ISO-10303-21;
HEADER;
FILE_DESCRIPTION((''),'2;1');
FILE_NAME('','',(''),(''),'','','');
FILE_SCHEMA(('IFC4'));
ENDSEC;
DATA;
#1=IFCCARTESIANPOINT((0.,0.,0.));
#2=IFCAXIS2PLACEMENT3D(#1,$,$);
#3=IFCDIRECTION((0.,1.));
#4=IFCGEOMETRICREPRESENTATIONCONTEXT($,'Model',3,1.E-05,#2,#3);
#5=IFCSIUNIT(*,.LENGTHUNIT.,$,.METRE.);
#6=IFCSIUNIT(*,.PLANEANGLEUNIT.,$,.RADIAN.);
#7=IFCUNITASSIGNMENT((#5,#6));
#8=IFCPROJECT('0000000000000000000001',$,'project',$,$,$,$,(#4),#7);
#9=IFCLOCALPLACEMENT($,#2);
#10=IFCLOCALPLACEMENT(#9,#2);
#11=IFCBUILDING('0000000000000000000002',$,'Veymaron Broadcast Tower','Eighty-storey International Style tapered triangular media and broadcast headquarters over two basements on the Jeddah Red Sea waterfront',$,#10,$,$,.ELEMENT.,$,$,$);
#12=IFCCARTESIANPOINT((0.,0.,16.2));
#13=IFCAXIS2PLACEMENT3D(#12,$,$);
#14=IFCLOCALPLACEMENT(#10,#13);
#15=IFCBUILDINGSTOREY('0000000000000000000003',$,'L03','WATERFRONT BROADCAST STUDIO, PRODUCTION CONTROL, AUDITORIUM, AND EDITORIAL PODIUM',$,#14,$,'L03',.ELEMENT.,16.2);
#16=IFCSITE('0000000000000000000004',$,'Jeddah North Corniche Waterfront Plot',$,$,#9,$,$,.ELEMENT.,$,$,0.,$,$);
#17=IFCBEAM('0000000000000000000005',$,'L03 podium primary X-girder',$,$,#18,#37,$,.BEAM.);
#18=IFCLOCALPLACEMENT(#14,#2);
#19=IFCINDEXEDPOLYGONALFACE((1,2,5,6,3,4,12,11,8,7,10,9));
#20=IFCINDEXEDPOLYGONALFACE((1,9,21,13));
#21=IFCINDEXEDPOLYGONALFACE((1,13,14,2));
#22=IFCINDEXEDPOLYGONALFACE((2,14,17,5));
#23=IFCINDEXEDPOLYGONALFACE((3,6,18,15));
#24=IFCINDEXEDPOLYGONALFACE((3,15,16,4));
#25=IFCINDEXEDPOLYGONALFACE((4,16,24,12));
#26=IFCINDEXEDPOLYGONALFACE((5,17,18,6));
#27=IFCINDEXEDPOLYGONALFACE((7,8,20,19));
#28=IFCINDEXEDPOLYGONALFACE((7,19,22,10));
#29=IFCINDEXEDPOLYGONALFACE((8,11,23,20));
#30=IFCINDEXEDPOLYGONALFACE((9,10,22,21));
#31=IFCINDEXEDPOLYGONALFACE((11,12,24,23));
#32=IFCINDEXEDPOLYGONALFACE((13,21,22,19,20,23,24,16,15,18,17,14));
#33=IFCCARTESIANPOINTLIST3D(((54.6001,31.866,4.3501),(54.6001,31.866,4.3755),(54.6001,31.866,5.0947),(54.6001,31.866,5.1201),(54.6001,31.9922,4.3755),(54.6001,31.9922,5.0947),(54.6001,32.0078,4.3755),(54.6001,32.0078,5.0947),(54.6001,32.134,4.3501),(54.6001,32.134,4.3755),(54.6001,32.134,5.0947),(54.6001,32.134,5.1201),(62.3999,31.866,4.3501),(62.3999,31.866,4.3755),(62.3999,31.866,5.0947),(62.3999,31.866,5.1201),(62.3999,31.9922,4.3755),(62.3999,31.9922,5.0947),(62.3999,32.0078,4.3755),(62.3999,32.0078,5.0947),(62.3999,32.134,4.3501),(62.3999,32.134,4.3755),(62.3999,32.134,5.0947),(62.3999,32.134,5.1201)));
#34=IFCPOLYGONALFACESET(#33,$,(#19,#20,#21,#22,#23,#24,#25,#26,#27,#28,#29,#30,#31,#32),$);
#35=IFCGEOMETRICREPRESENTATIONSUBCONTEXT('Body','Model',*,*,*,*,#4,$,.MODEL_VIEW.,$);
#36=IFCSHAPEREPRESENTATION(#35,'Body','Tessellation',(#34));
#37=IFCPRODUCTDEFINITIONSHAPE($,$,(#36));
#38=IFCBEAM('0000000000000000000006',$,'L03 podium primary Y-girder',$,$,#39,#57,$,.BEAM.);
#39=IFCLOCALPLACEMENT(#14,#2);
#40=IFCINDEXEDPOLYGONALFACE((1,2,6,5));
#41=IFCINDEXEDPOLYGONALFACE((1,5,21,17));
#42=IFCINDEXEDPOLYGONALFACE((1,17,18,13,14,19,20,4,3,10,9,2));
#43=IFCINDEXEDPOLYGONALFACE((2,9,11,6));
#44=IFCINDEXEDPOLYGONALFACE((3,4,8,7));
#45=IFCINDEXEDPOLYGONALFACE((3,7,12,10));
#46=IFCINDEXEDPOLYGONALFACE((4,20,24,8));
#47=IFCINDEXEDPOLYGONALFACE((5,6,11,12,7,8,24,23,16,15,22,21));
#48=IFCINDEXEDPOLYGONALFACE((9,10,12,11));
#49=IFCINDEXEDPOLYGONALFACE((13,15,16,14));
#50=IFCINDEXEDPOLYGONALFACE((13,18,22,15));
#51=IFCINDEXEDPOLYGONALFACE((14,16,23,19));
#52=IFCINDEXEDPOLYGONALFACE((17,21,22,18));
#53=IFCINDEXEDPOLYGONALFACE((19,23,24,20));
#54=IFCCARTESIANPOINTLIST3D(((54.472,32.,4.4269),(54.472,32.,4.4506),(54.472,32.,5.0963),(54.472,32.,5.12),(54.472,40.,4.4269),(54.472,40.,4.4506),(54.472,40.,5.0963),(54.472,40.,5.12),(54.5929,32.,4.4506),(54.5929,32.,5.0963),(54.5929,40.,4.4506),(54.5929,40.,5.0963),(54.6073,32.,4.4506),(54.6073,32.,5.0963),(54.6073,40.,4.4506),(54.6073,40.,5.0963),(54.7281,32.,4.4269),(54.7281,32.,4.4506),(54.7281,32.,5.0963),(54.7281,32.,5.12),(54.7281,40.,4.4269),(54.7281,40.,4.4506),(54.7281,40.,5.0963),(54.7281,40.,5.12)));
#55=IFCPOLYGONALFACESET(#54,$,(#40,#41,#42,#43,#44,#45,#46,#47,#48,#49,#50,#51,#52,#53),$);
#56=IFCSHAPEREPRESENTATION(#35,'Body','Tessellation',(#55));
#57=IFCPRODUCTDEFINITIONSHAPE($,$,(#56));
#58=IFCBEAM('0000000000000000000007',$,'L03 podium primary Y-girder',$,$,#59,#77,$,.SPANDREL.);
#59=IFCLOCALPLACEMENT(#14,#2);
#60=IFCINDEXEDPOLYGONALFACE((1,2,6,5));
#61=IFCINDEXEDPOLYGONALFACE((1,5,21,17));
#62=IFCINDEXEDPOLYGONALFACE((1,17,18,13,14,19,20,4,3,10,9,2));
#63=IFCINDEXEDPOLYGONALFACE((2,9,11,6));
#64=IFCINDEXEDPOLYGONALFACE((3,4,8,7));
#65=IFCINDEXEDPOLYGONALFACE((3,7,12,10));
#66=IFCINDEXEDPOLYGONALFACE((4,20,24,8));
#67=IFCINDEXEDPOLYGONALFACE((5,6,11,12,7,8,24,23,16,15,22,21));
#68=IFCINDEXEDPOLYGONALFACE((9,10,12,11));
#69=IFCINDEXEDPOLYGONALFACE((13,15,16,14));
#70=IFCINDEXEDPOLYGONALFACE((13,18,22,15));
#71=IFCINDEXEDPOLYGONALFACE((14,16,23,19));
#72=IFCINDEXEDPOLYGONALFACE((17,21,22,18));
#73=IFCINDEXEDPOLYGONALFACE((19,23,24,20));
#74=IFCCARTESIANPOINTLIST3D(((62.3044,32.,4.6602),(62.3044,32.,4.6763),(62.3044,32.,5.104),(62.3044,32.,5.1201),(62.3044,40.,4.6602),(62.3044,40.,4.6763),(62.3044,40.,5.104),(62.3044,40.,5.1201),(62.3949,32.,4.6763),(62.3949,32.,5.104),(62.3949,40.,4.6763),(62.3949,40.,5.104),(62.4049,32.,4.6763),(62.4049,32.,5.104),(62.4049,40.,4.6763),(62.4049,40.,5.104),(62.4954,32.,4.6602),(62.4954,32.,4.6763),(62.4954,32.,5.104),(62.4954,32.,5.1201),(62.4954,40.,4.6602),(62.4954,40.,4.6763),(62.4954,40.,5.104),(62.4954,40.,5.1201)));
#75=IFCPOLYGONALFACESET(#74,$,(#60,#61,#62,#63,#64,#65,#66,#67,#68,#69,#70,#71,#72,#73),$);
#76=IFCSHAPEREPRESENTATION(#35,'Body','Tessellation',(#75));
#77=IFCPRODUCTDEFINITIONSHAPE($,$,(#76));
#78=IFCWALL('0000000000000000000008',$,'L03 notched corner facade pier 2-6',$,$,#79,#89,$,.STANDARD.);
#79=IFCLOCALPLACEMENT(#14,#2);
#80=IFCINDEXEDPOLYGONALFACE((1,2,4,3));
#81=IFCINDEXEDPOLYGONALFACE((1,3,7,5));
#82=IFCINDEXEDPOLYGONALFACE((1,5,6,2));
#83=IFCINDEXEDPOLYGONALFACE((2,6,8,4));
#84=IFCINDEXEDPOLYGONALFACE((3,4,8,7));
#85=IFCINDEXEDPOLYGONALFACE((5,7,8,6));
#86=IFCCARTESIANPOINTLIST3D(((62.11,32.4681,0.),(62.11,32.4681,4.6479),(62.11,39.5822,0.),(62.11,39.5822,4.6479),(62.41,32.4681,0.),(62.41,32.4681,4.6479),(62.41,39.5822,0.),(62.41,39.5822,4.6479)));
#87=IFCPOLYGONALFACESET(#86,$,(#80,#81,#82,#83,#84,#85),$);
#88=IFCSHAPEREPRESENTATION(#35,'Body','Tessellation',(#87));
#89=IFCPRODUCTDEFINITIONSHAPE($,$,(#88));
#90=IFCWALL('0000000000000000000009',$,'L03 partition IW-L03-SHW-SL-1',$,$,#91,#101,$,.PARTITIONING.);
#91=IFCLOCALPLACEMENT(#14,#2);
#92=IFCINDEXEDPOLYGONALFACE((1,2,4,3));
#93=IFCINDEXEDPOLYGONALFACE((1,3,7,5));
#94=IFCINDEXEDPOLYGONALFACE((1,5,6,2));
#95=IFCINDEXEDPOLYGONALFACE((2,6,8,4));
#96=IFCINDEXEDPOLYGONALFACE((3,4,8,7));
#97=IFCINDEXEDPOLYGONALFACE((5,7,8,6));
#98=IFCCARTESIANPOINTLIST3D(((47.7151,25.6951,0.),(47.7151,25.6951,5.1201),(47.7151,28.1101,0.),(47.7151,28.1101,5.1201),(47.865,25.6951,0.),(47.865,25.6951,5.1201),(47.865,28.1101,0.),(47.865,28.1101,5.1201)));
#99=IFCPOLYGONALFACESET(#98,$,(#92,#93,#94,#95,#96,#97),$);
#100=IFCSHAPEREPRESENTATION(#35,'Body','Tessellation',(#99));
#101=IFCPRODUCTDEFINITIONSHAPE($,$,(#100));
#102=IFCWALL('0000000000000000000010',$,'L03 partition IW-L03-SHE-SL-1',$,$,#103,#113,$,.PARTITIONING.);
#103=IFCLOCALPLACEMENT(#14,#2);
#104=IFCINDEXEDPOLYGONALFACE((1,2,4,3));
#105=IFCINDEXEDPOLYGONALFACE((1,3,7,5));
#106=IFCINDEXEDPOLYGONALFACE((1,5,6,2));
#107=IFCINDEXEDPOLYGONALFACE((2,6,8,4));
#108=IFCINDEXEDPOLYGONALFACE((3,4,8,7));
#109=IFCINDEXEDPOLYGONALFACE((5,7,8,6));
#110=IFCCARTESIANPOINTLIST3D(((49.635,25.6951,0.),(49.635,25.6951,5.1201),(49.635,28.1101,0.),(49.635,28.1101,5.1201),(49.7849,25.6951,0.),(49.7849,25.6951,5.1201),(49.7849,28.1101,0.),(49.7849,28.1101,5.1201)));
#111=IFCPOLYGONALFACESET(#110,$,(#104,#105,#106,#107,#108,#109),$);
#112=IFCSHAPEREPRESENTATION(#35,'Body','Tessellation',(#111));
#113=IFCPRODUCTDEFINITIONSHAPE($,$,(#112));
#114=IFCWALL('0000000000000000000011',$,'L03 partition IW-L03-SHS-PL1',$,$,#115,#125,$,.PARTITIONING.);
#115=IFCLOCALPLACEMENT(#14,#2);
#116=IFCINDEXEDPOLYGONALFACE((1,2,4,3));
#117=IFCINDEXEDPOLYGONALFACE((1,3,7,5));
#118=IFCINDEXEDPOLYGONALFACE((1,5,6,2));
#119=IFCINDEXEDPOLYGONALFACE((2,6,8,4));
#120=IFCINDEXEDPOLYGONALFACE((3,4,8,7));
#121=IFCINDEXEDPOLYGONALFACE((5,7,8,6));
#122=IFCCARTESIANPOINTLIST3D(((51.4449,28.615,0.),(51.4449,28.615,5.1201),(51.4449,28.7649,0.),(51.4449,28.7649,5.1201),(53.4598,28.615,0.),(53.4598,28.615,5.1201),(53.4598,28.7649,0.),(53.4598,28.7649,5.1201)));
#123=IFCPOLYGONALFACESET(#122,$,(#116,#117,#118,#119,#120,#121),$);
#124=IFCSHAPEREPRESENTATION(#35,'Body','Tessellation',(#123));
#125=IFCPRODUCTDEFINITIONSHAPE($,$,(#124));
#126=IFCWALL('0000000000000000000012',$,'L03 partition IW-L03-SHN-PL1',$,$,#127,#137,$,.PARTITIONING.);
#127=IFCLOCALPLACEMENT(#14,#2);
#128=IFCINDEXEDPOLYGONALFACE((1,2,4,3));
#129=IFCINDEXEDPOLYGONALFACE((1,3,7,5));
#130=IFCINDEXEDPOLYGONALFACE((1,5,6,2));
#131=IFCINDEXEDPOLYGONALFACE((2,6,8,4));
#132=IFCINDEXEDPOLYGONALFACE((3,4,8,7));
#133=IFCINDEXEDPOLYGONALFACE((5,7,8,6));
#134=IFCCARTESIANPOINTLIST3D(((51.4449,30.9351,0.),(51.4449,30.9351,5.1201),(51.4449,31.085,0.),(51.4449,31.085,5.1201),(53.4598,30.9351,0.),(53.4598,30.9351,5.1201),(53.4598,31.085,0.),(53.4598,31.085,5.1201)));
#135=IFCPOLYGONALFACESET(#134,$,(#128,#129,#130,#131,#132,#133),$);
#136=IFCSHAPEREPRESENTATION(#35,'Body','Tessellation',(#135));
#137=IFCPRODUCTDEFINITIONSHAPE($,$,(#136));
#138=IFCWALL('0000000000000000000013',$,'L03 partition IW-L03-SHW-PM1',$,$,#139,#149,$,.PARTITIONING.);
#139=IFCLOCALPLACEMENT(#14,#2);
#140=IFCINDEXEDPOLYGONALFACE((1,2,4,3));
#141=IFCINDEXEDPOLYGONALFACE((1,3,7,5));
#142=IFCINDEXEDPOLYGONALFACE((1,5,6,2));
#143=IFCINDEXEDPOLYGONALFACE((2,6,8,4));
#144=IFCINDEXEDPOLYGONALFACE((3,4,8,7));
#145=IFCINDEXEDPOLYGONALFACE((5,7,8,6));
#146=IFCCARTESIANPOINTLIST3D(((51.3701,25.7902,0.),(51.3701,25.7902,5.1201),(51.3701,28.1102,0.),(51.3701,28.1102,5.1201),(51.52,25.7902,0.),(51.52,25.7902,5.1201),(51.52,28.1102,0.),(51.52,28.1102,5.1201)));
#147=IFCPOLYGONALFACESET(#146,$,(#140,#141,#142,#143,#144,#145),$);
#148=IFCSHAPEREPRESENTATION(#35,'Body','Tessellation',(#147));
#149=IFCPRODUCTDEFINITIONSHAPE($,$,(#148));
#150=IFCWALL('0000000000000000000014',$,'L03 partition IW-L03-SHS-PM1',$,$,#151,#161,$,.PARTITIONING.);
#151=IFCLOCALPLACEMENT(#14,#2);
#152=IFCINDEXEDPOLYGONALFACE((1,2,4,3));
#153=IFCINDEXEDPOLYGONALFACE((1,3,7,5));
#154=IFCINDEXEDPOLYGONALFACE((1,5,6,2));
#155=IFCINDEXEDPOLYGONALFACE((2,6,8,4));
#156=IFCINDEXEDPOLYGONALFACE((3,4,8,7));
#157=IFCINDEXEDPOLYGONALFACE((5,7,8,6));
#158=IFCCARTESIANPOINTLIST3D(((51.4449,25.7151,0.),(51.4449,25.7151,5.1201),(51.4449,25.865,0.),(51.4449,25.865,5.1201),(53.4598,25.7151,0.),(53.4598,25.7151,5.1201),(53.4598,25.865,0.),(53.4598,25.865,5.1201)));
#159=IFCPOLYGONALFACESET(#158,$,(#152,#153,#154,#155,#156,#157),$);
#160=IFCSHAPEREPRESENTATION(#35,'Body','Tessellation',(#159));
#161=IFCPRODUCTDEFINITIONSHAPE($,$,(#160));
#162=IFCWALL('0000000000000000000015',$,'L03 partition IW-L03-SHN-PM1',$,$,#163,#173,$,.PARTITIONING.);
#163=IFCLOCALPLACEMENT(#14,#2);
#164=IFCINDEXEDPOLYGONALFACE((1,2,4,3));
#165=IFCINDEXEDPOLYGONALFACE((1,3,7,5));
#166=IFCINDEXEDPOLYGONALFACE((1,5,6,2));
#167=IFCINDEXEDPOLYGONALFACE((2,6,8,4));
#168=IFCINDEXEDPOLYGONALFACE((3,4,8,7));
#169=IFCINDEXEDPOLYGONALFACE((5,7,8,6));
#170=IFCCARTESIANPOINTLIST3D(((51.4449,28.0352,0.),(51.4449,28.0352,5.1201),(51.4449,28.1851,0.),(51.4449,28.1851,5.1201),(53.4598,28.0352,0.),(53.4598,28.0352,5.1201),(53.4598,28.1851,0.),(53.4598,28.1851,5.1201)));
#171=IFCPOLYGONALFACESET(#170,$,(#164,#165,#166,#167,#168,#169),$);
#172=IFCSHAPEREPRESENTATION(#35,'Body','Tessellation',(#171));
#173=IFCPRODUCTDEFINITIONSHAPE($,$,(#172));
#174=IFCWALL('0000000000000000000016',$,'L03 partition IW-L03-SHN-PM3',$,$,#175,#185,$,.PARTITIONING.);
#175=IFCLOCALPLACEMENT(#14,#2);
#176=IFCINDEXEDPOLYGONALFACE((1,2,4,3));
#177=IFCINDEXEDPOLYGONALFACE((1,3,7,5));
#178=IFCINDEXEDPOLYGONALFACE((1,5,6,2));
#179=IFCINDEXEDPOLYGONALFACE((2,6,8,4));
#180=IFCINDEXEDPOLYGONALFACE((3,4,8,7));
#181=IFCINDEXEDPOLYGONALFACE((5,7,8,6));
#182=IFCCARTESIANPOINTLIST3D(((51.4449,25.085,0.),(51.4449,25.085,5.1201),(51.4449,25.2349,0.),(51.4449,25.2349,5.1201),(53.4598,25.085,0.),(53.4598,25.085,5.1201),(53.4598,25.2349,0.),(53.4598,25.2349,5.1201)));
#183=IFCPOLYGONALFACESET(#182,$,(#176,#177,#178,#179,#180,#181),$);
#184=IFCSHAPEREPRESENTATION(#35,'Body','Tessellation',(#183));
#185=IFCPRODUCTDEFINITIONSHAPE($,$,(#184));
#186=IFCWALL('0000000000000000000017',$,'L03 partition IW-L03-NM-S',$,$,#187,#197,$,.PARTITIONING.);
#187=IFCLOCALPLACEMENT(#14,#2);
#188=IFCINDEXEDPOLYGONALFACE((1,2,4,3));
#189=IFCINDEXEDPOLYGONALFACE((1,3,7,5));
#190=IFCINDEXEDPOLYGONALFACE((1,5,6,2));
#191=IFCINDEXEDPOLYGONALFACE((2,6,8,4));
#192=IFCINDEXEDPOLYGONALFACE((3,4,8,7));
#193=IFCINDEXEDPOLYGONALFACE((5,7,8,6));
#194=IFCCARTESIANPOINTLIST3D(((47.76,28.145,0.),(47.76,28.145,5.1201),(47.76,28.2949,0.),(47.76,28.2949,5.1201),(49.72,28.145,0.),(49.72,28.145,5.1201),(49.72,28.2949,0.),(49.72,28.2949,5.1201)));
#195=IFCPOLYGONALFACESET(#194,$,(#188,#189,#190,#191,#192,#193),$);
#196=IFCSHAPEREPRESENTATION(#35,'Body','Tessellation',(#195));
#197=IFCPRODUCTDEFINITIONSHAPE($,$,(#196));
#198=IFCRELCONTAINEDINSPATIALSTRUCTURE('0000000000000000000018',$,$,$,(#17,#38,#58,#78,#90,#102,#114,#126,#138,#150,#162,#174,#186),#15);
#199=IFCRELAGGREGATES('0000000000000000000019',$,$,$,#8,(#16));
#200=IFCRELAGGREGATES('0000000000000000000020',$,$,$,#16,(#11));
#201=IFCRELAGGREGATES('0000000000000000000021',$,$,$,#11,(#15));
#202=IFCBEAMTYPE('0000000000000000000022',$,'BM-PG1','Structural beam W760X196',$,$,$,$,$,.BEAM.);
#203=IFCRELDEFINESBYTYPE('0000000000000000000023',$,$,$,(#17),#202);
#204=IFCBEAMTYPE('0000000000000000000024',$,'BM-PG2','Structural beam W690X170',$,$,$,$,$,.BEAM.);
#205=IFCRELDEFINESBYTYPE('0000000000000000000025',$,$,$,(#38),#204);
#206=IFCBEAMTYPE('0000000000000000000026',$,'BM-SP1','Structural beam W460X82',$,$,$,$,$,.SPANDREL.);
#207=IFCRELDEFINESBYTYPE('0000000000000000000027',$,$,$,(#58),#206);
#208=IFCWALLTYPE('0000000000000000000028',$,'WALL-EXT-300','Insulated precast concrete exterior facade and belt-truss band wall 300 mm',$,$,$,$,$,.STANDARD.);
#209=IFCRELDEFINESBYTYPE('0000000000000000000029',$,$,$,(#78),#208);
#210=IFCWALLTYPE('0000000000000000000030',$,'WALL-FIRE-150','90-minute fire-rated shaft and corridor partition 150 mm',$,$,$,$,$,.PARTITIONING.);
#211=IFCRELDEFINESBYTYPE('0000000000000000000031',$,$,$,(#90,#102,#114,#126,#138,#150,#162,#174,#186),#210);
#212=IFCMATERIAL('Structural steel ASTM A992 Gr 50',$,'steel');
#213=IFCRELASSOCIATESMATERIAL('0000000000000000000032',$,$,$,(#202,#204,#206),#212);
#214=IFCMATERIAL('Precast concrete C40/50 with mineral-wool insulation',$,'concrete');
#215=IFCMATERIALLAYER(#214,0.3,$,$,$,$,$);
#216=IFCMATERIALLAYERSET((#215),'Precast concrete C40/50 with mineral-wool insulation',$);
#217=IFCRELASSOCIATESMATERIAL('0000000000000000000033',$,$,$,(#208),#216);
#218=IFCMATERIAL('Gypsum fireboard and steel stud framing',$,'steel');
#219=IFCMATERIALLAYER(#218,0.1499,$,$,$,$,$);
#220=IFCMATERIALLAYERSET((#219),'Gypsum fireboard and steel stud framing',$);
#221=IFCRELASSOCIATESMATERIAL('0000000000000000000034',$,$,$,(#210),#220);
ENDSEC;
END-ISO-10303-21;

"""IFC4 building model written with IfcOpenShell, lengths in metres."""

from ifc_helpers import new_model, si_unit, direction, frame, frame_2d, origin, origin_2d, place, context, subcontext, project, spatial, rectangle, i_section, extrude, material, layer, layer_set, material_profile, profile_set, type_object, element, save


model = new_model("IFC4")

# Units and contexts
model_context = context("Model", 3, precision=1e-05, world=origin(), true_north=direction((0.0, 1.0)))
body_context = subcontext(model_context, "Body", "Model", "MODEL_VIEW")
ifc_project = project(units=[si_unit("LENGTHUNIT", "METRE"), si_unit("PLANEANGLEUNIT", "RADIAN")], contexts=[model_context])

# Site, building, storey
site_placement = place(None, origin())
site = spatial("IfcSite", under=ifc_project, at=site_placement, Name="Jeddah North Corniche Waterfront Plot", CompositionType="ELEMENT", RefElevation=0.0)
building_placement = place(site_placement, origin())
building = spatial("IfcBuilding", under=site, at=building_placement, Name="Veymaron Broadcast Tower", Description="Eighty-storey International Style tapered triangular media and broadcast headquarters over two basements on the Jeddah Red Sea waterfront", CompositionType="ELEMENT")
storey_placement = place(building_placement, frame((0.0, 0.0, 16.2)))
storey = spatial("IfcBuildingStorey", under=building, at=storey_placement, Name="L03", Description="WATERFRONT BROADCAST STUDIO, PRODUCTION CONTROL, AUDITORIUM, AND EDITORIAL PODIUM", LongName="L03", CompositionType="ELEMENT", Elevation=16.2)

# Shared definitions
ifc_material_1 = material(Name="Structural steel ASTM A992 Gr 50", Category="steel")

# Beams
ifc_material_profile_1 = material_profile(ifc_material_1, i_section(OverallWidth=0.2681, OverallDepth=0.77, WebThickness=0.0156, FlangeThickness=0.0254, at=origin_2d()), Name="W760X196")
ifc_profile_set_1 = profile_set([ifc_material_profile_1], Name="Structural steel ASTM A992 Gr 50")
beam_type_1 = type_object("IfcBeamType", Name="BM-PG1", Description="Structural beam W760X196", PredefinedType="BEAM", material=ifc_profile_set_1)
beam_1_placement = place(storey_placement, frame((54.6001, 32.0, 4.7351), z_axis=(1.0, 0.0, 0.0), x_axis=(0.0, 1.0, 0.0)))
element("IfcBeam", 1, at=beam_1_placement, inside=storey, type_object=beam_type_1, Name="L03 podium primary X-girder", PredefinedType="BEAM", context=body_context, shape_type="SweptSolid", body=[
    extrude(i_section(OverallWidth=0.2681, OverallDepth=0.77, WebThickness=0.0156, FlangeThickness=0.0254, at=origin_2d()), origin(), (0.0, 0.0, 1.0), 7.7998),
])
ifc_material_profile_2 = material_profile(ifc_material_1, i_section(OverallWidth=0.2561, OverallDepth=0.6931, WebThickness=0.0144, FlangeThickness=0.0237, at=origin_2d()), Name="W690X170")
ifc_profile_set_2 = profile_set([ifc_material_profile_2], Name="Structural steel ASTM A992 Gr 50")
beam_type_2 = type_object("IfcBeamType", Name="BM-PG2", Description="Structural beam W690X170", PredefinedType="BEAM", material=ifc_profile_set_2)
beam_2_placement = place(storey_placement, frame((54.6001, 32.0, 4.7734), z_axis=(0.0, 1.0, 0.0), x_axis=(-1.0, 0.0, 0.0)))
element("IfcBeam", 2, at=beam_2_placement, inside=storey, type_object=beam_type_2, Name="L03 podium primary Y-girder", PredefinedType="BEAM", context=body_context, shape_type="SweptSolid", body=[
    extrude(i_section(OverallWidth=0.2561, OverallDepth=0.6931, WebThickness=0.0144, FlangeThickness=0.0237, at=origin_2d()), origin(), (0.0, 0.0, 1.0), 8.0),
])
ifc_material_profile_3 = material_profile(ifc_material_1, i_section(OverallWidth=0.1909, OverallDepth=0.46, WebThickness=0.01, FlangeThickness=0.0161, at=origin_2d()), Name="W460X82")
ifc_profile_set_3 = profile_set([ifc_material_profile_3], Name="Structural steel ASTM A992 Gr 50")
beam_type_3 = type_object("IfcBeamType", Name="BM-SP1", Description="Structural beam W460X82", PredefinedType="SPANDREL", material=ifc_profile_set_3)
beam_3_placement = place(storey_placement, frame((62.3999, 32.0, 4.8901), z_axis=(0.0, 1.0, 0.0), x_axis=(-1.0, 0.0, 0.0)))
element("IfcBeam", 3, at=beam_3_placement, inside=storey, type_object=beam_type_3, Name="L03 podium primary Y-girder", PredefinedType="SPANDREL", context=body_context, shape_type="SweptSolid", body=[
    extrude(i_section(OverallWidth=0.1909, OverallDepth=0.46, WebThickness=0.01, FlangeThickness=0.0161, at=origin_2d()), origin(), (0.0, 0.0, 1.0), 8.0),
])

# Wall
ifc_material_2 = material(Name="Precast concrete C40/50 with mineral-wool insulation", Category="concrete")
ifc_layer_1 = layer(ifc_material_2, 0.3)
ifc_layer_set_1 = layer_set([ifc_layer_1], Name="Precast concrete C40/50 with mineral-wool insulation")
wall_type_1 = type_object("IfcWallType", Name="WALL-EXT-300", Description="Insulated precast concrete exterior facade and belt-truss band wall 300 mm", PredefinedType="STANDARD", material=ifc_layer_set_1)
wall_1_placement = place(storey_placement, frame((62.26, 32.468, 0.0), z_axis=(0.0, 0.0, 1.0), x_axis=(0.0, 1.0, 0.0)))
element("IfcWall", 4, at=wall_1_placement, inside=storey, type_object=wall_type_1, Name="L03 notched corner facade pier 2-6", PredefinedType="STANDARD", context=body_context, shape_type="SweptSolid", body=[
    extrude(rectangle(XDim=7.114, YDim=0.3, at=frame_2d((3.5571, 0.0))), origin(), (0.0, 0.0, 1.0), 4.6479),
])

# Shared definitions
ifc_material_3 = material(Name="Gypsum fireboard and steel stud framing", Category="steel")
ifc_layer_2 = layer(ifc_material_3, 0.1499)
ifc_layer_set_2 = layer_set([ifc_layer_2], Name="Gypsum fireboard and steel stud framing")
wall_type_2 = type_object("IfcWallType", Name="WALL-FIRE-150", Description="90-minute fire-rated shaft and corridor partition 150 mm", PredefinedType="PARTITIONING", material=ifc_layer_set_2)

# Walls
for number, where, z_axis, x_axis, name in (
    (5, (47.79, 25.6951, 0.0), (0.0, 0.0, 1.0), (0.0, 1.0, 0.0), "L03 partition IW-L03-SHW-SL-1"),
    (6, (49.71, 25.6951, 0.0), (0.0, 0.0, 1.0), (0.0, 1.0, 0.0), "L03 partition IW-L03-SHE-SL-1"),
):
    element("IfcWall", number, at=place(storey_placement, frame(where, z_axis=z_axis, x_axis=x_axis)), inside=storey, type_object=wall_type_2, Name=name, PredefinedType="PARTITIONING", context=body_context, shape_type="SweptSolid", body=[
        extrude(rectangle(XDim=2.415, YDim=0.1499, at=frame_2d((1.2075, 0.0))), origin(), (0.0, 0.0, 1.0), 5.1201),
    ])

# Walls
for number, where, z_axis, x_axis, name in (
    (7, (51.4451, 28.6899, 0.0), (0.0, 0.0, 1.0), (1.0, 0.0, 0.0), "L03 partition IW-L03-SHS-PL1"),
    (8, (51.4451, 31.01, 0.0), (0.0, 0.0, 1.0), (1.0, 0.0, 0.0), "L03 partition IW-L03-SHN-PL1"),
):
    element("IfcWall", number, at=place(storey_placement, frame(where, z_axis=z_axis, x_axis=x_axis)), inside=storey, type_object=wall_type_2, Name=name, PredefinedType="PARTITIONING", context=body_context, shape_type="SweptSolid", body=[
        extrude(rectangle(XDim=2.0149, YDim=0.1499, at=frame_2d((1.0073, 0.0))), origin(), (0.0, 0.0, 1.0), 5.1201),
    ])
wall_2_placement = place(storey_placement, frame((51.4451, 25.79, 0.0), z_axis=(0.0, 0.0, 1.0), x_axis=(0.0, 1.0, 0.0)))
element("IfcWall", 9, at=wall_2_placement, inside=storey, type_object=wall_type_2, Name="L03 partition IW-L03-SHW-PM1", PredefinedType="PARTITIONING", context=body_context, shape_type="SweptSolid", body=[
    extrude(rectangle(XDim=2.3201, YDim=0.1499, at=frame_2d((1.1602, 0.0))), origin(), (0.0, 0.0, 1.0), 5.1201),
])
for number, where, z_axis, x_axis, name in (
    (10, (51.4451, 25.79, 0.0), (0.0, 0.0, 1.0), (1.0, 0.0, 0.0), "L03 partition IW-L03-SHS-PM1"),
    (11, (51.4451, 28.1101, 0.0), (0.0, 0.0, 1.0), (1.0, 0.0, 0.0), "L03 partition IW-L03-SHN-PM1"),
    (12, (51.4451, 25.1599, 0.0), (0.0, 0.0, 1.0), (1.0, 0.0, 0.0), "L03 partition IW-L03-SHN-PM3"),
):
    element("IfcWall", number, at=place(storey_placement, frame(where, z_axis=z_axis, x_axis=x_axis)), inside=storey, type_object=wall_type_2, Name=name, PredefinedType="PARTITIONING", context=body_context, shape_type="SweptSolid", body=[
        extrude(rectangle(XDim=2.0149, YDim=0.1499, at=frame_2d((1.0073, 0.0))), origin(), (0.0, 0.0, 1.0), 5.1201),
    ])
wall_3_placement = place(storey_placement, frame((47.76, 28.22, 0.0), z_axis=(0.0, 0.0, 1.0), x_axis=(1.0, 0.0, 0.0)))
element("IfcWall", 13, at=wall_3_placement, inside=storey, type_object=wall_type_2, Name="L03 partition IW-L03-NM-S", PredefinedType="PARTITIONING", context=body_context, shape_type="SweptSolid", body=[
    extrude(rectangle(XDim=1.96, YDim=0.1499, at=frame_2d((0.98, 0.0))), origin(), (0.0, 0.0, 1.0), 5.1201),
])

save(model, "model.ifc")
